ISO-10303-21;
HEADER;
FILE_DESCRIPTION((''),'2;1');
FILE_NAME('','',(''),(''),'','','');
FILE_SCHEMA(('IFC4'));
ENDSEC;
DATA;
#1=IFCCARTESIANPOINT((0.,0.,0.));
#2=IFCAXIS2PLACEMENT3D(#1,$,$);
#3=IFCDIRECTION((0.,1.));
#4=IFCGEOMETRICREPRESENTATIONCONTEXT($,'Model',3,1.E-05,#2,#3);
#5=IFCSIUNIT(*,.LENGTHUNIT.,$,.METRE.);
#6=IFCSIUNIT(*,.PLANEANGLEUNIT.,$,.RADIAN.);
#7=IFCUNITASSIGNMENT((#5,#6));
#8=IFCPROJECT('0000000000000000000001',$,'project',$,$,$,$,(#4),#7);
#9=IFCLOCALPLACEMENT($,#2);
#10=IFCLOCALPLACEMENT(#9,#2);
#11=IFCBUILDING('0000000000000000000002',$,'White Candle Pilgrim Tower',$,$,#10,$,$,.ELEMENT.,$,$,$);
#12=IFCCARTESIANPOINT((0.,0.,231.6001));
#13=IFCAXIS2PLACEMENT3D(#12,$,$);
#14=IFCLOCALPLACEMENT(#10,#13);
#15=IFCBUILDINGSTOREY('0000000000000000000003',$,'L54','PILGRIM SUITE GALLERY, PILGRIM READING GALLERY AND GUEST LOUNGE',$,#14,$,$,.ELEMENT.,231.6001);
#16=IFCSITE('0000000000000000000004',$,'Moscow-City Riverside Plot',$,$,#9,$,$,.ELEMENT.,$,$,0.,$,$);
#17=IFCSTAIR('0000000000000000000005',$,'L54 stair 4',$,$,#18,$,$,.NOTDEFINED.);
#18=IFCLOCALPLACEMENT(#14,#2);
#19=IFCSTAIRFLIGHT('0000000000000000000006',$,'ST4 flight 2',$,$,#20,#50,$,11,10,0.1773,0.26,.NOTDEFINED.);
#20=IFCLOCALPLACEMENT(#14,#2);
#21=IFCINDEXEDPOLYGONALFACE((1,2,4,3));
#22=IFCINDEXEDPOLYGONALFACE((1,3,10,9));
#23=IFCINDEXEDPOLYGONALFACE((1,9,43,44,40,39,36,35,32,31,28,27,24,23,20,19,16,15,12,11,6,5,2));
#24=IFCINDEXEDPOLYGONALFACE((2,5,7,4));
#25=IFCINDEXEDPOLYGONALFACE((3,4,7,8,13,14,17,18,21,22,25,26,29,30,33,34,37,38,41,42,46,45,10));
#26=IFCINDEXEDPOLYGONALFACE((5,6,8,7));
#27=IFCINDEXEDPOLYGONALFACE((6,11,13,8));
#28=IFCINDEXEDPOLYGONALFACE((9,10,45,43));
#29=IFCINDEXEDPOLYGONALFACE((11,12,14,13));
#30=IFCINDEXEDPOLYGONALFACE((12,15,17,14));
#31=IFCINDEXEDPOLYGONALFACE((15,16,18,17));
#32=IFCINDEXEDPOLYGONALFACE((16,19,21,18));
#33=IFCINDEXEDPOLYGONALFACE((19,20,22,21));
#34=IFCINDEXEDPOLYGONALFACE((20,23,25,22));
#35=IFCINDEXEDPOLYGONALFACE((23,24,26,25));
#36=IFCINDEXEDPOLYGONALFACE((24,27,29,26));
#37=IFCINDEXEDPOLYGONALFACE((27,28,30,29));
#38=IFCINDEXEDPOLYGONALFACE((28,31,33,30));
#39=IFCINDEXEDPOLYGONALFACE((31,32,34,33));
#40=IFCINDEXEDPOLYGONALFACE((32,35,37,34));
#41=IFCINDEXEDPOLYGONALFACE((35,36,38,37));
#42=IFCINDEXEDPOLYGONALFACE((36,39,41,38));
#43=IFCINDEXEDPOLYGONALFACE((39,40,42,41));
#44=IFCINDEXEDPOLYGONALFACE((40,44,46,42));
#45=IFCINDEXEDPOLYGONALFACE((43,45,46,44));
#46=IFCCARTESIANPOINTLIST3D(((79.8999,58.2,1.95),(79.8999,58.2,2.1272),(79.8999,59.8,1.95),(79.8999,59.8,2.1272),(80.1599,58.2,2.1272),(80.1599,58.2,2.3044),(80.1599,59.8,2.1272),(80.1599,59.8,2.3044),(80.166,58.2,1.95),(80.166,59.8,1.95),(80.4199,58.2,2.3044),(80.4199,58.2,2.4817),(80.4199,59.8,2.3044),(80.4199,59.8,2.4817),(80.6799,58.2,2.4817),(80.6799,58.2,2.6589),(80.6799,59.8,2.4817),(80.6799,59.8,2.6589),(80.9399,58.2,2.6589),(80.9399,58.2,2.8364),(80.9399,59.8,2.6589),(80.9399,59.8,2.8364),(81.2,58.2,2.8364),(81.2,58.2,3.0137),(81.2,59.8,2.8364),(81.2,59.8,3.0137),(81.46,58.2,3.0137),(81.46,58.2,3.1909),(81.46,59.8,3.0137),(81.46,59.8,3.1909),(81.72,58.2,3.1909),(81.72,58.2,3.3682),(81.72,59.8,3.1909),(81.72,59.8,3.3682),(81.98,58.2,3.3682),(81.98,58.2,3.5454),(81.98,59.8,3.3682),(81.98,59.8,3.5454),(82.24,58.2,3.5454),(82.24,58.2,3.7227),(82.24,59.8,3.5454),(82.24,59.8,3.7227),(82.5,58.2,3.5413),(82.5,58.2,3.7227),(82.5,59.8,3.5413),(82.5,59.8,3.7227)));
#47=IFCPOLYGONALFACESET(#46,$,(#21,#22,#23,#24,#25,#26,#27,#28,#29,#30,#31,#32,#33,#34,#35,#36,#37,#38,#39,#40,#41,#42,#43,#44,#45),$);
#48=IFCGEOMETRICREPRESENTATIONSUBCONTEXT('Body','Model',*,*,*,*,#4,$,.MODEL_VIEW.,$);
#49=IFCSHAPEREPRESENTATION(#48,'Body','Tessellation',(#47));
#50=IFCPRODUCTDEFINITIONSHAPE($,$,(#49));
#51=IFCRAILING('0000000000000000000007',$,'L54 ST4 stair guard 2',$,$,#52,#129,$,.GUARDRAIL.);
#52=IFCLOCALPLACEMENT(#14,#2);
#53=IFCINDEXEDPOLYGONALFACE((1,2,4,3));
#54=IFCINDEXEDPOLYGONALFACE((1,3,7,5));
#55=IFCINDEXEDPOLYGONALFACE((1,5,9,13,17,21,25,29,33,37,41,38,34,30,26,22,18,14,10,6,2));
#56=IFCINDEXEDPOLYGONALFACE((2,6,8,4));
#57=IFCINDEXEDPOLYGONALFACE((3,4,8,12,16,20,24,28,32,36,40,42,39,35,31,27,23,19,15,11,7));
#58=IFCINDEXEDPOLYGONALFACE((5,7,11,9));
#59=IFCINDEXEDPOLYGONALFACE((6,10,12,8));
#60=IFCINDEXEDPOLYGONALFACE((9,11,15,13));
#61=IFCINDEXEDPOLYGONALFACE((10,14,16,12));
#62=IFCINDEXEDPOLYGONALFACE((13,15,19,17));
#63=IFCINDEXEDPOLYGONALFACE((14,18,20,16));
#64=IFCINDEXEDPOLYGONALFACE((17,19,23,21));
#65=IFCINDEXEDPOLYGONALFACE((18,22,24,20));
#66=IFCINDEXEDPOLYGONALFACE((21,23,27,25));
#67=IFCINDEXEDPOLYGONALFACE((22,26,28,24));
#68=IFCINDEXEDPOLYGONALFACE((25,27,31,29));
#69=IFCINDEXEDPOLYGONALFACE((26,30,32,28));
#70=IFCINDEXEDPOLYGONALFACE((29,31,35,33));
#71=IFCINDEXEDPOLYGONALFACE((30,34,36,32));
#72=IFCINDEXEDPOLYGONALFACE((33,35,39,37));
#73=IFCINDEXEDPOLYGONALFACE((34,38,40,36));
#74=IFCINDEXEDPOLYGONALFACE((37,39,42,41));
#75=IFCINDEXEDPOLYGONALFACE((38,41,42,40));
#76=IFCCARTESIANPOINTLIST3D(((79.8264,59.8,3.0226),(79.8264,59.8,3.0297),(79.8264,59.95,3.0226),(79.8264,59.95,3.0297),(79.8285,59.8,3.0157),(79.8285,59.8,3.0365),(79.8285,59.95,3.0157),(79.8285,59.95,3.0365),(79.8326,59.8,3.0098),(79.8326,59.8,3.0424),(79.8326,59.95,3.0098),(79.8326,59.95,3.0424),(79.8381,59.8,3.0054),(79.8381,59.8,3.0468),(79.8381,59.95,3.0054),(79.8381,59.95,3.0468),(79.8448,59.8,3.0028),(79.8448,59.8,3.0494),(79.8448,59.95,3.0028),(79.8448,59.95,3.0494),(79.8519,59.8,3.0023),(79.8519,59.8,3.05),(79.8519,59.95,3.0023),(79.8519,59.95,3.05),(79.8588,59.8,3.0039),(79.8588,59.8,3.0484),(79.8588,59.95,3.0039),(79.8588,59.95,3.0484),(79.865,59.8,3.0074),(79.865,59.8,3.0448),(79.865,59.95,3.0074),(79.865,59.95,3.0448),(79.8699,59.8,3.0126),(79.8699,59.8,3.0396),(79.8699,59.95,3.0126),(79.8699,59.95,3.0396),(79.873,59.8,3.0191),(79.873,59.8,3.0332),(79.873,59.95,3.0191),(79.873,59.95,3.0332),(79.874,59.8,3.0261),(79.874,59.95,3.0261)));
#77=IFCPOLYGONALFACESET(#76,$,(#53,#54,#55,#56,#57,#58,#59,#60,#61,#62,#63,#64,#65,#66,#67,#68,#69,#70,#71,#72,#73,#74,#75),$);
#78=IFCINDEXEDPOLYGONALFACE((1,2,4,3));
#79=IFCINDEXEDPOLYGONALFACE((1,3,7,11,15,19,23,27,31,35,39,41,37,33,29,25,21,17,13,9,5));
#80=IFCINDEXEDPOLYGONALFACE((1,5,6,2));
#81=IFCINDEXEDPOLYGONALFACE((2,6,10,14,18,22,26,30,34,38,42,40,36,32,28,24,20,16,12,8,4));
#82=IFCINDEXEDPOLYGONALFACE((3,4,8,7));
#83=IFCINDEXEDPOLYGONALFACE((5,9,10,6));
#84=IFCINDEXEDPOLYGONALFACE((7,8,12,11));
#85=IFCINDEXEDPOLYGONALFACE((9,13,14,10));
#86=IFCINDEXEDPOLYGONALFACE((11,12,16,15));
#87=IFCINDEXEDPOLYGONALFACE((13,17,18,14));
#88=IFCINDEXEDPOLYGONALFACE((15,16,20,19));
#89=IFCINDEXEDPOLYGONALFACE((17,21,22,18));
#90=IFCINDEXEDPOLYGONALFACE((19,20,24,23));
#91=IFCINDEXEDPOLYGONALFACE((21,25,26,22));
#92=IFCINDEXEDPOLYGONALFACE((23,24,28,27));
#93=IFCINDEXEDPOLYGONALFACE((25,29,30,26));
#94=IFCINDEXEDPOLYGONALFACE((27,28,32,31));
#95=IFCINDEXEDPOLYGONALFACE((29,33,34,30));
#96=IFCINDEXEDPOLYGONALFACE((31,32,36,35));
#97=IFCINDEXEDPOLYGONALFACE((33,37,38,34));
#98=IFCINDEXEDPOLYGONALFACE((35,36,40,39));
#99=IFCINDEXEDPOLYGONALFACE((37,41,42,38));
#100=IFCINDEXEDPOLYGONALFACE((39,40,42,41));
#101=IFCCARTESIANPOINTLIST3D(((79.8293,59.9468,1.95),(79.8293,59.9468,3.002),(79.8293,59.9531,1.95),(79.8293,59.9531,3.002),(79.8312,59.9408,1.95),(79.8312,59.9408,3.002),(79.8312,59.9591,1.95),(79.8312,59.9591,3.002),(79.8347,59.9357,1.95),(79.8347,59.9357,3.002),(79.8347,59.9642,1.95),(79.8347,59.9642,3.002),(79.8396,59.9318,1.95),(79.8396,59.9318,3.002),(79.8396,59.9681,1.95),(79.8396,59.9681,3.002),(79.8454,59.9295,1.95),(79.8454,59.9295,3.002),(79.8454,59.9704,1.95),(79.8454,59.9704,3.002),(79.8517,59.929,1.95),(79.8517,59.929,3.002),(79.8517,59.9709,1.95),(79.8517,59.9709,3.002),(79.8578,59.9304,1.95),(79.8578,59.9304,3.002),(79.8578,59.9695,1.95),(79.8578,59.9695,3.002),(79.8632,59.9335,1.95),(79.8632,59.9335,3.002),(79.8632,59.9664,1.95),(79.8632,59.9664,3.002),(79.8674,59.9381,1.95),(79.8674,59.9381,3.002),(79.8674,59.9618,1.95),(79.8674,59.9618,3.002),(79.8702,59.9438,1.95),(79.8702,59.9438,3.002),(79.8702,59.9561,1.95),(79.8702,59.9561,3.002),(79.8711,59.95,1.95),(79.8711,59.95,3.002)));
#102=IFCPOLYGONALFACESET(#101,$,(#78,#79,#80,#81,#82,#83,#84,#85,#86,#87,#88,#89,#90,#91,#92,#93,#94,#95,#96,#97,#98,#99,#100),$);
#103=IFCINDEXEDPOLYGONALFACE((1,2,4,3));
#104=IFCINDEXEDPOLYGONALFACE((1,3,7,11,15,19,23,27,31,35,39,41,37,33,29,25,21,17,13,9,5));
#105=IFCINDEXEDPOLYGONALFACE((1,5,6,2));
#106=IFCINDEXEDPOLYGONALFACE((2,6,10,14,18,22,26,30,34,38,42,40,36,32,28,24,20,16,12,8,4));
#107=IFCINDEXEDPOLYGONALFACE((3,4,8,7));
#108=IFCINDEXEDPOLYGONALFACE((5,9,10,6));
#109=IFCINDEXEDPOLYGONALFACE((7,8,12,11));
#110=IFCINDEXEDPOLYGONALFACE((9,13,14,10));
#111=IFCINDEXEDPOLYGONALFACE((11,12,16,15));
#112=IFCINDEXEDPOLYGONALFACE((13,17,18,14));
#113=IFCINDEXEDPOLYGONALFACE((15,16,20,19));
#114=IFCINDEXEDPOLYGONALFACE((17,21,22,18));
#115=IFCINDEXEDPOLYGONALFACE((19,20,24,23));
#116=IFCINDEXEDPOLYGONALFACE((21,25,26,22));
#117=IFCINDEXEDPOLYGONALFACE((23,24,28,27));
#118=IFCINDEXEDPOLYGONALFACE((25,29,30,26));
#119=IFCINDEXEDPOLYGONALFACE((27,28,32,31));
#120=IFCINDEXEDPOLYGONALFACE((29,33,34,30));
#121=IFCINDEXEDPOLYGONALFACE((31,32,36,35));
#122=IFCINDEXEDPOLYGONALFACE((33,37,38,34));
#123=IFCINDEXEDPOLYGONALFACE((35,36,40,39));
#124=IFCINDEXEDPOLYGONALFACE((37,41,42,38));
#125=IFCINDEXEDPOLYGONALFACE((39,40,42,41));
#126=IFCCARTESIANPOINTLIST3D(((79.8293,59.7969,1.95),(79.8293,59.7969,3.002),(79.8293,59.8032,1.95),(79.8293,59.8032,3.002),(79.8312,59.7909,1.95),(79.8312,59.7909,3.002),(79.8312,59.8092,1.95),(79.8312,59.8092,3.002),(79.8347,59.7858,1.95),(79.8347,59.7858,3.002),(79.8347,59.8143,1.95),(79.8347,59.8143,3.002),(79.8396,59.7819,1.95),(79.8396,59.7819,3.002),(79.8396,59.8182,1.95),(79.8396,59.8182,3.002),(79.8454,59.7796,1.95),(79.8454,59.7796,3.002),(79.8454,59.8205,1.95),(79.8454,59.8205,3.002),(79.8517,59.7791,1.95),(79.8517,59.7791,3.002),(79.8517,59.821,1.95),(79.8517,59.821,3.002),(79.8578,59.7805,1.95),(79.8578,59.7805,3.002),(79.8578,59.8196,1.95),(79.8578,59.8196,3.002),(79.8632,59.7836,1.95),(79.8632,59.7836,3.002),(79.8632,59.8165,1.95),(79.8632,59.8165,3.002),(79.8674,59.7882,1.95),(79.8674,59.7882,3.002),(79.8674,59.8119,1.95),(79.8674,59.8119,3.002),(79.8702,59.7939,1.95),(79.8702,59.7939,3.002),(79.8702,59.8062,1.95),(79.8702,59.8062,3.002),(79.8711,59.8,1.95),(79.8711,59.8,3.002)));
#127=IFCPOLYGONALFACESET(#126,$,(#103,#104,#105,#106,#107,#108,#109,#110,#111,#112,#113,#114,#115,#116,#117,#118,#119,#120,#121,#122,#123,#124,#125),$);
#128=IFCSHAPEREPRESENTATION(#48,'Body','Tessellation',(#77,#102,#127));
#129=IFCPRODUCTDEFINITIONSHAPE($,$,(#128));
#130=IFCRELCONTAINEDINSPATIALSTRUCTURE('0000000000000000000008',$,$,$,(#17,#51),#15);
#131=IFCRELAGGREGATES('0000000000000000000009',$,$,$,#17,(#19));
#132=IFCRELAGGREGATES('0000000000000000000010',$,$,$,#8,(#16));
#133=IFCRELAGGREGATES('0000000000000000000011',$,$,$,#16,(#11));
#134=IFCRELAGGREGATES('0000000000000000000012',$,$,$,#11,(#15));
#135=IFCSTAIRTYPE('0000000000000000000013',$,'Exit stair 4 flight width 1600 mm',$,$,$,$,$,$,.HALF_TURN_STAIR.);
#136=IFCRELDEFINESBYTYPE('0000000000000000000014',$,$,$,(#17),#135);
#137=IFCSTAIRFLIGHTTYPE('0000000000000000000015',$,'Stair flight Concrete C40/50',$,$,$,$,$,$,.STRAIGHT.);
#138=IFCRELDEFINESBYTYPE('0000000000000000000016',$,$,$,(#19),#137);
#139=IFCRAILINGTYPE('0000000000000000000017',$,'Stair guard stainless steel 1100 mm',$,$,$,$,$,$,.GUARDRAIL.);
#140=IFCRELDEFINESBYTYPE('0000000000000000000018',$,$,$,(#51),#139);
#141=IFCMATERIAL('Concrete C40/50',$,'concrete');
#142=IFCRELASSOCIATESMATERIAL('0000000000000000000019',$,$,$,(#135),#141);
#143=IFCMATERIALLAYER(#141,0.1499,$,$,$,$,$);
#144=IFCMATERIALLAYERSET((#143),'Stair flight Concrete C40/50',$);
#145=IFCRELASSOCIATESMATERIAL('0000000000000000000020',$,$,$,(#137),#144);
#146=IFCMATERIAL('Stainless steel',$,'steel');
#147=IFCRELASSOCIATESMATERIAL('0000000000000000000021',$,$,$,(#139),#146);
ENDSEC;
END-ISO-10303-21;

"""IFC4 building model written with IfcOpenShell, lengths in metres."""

from ifc_helpers import new_model, si_unit, direction, frame, origin, origin_2d, place, context, subcontext, project, spatial, polyline, circle, outline, extrude, material, layer, layer_set, type_object, element, aggregate, save


model = new_model("IFC4")

# Units and contexts
model_context = context("Model", 3, precision=1e-05, world=origin(), true_north=direction((0.0, 1.0)))
body_context = subcontext(model_context, "Body", "Model", "MODEL_VIEW")
ifc_project = project(units=[si_unit("LENGTHUNIT", "METRE"), si_unit("PLANEANGLEUNIT", "RADIAN")], contexts=[model_context])

# Site, building, storey
site_placement = place(None, origin())
site = spatial("IfcSite", under=ifc_project, at=site_placement, Name="Moscow-City Riverside Plot", CompositionType="ELEMENT", RefElevation=0.0)
building_placement = place(site_placement, origin())
building = spatial("IfcBuilding", under=site, at=building_placement, Name="White Candle Pilgrim Tower", CompositionType="ELEMENT")
storey_placement = place(building_placement, frame((0.0, 0.0, 231.6001)))
storey = spatial("IfcBuildingStorey", under=building, at=storey_placement, Name="L54", Description="PILGRIM SUITE GALLERY, PILGRIM READING GALLERY AND GUEST LOUNGE", CompositionType="ELEMENT", Elevation=231.6001)

# Stair, stair flight
ifc_material_1 = material(Name="Concrete C40/50", Category="concrete")
stair_type = type_object("IfcStairType", Name="Exit stair 4 flight width 1600 mm", PredefinedType="HALF_TURN_STAIR", material=ifc_material_1)
stair_placement = place(storey_placement, origin())
stair = element("IfcStair", 1, at=stair_placement, inside=storey, type_object=stair_type, Name="L54 stair 4", PredefinedType="NOTDEFINED")
ifc_layer_1 = layer(ifc_material_1, 0.1499)
ifc_layer_set_1 = layer_set([ifc_layer_1], Name="Stair flight Concrete C40/50")
stair_flight_type = type_object("IfcStairFlightType", Name="Stair flight Concrete C40/50", PredefinedType="STRAIGHT", material=ifc_layer_set_1)
stair_flight_placement = place(storey_placement, frame((79.8999, 59.0, 1.95), z_axis=(0.0, 0.0, 1.0), x_axis=(1.0, 0.0, 0.0)))
stair_flight = element("IfcStairFlight", 2, at=stair_flight_placement, type_object=stair_flight_type, Name="ST4 flight 2", NumberOfRisers=11, NumberOfTreads=10, PredefinedType="NOTDEFINED", RiserHeight=0.1773, TreadLength=0.26, context=body_context, shape_type="SweptSolid", body=[
    extrude(outline(polyline([(0.0, 0.0), (0.0, 0.1772), (0.26, 0.1772), (0.26, 0.3545), (0.52, 0.3545), (0.52, 0.5317), (0.78, 0.5317), (0.78, 0.709), (1.04, 0.709), (1.04, 0.8865), (1.3, 0.8865), (1.3, 1.0637), (1.5601, 1.0637), (1.5601, 1.241), (1.8201, 1.241), (1.8201, 1.4182), (2.0801, 1.4182), (2.0801, 1.5955), (2.3401, 1.5955), (2.3401, 1.7727), (2.6001, 1.7727), (2.6001, 1.95), (2.6001, 1.5913), (0.2661, 0.0), (0.0, 0.0)])), frame((0.0, 0.8, 0.0), z_axis=(0.0, -1.0, 0.0), x_axis=(1.0, 0.0, 0.0)), (0.0, 0.0, 1.0), 1.6001),
])
aggregate(stair, [stair_flight])

# Railing
ifc_material_2 = material(Name="Stainless steel", Category="steel")
railing_type_1 = type_object("IfcRailingType", Name="Stair guard stainless steel 1100 mm", PredefinedType="GUARDRAIL", material=ifc_material_2)
railing_1_placement = place(storey_placement, frame((79.8501, 59.95, 1.95)))
element("IfcRailing", 3, at=railing_1_placement, inside=storey, type_object=railing_type_1, Name="L54 ST4 stair guard 2", PredefinedType="GUARDRAIL", context=body_context, shape_type="SweptSolid", body=[
    extrude(circle(Radius=0.0239, at=origin_2d()), frame((0.0, 0.0, 1.0762), z_axis=(0.0, -1.0, 0.0), x_axis=(1.0, 0.0, 0.0)), (0.0, 0.0, 1.0), 0.1499),
    extrude(circle(Radius=0.021, at=origin_2d()), origin(), (0.0, 0.0, 1.0), 1.052),
    extrude(circle(Radius=0.021, at=origin_2d()), frame((0.0, -0.1499, 0.0)), (0.0, 0.0, 1.0), 1.052),
])

save(model, "model.ifc")
